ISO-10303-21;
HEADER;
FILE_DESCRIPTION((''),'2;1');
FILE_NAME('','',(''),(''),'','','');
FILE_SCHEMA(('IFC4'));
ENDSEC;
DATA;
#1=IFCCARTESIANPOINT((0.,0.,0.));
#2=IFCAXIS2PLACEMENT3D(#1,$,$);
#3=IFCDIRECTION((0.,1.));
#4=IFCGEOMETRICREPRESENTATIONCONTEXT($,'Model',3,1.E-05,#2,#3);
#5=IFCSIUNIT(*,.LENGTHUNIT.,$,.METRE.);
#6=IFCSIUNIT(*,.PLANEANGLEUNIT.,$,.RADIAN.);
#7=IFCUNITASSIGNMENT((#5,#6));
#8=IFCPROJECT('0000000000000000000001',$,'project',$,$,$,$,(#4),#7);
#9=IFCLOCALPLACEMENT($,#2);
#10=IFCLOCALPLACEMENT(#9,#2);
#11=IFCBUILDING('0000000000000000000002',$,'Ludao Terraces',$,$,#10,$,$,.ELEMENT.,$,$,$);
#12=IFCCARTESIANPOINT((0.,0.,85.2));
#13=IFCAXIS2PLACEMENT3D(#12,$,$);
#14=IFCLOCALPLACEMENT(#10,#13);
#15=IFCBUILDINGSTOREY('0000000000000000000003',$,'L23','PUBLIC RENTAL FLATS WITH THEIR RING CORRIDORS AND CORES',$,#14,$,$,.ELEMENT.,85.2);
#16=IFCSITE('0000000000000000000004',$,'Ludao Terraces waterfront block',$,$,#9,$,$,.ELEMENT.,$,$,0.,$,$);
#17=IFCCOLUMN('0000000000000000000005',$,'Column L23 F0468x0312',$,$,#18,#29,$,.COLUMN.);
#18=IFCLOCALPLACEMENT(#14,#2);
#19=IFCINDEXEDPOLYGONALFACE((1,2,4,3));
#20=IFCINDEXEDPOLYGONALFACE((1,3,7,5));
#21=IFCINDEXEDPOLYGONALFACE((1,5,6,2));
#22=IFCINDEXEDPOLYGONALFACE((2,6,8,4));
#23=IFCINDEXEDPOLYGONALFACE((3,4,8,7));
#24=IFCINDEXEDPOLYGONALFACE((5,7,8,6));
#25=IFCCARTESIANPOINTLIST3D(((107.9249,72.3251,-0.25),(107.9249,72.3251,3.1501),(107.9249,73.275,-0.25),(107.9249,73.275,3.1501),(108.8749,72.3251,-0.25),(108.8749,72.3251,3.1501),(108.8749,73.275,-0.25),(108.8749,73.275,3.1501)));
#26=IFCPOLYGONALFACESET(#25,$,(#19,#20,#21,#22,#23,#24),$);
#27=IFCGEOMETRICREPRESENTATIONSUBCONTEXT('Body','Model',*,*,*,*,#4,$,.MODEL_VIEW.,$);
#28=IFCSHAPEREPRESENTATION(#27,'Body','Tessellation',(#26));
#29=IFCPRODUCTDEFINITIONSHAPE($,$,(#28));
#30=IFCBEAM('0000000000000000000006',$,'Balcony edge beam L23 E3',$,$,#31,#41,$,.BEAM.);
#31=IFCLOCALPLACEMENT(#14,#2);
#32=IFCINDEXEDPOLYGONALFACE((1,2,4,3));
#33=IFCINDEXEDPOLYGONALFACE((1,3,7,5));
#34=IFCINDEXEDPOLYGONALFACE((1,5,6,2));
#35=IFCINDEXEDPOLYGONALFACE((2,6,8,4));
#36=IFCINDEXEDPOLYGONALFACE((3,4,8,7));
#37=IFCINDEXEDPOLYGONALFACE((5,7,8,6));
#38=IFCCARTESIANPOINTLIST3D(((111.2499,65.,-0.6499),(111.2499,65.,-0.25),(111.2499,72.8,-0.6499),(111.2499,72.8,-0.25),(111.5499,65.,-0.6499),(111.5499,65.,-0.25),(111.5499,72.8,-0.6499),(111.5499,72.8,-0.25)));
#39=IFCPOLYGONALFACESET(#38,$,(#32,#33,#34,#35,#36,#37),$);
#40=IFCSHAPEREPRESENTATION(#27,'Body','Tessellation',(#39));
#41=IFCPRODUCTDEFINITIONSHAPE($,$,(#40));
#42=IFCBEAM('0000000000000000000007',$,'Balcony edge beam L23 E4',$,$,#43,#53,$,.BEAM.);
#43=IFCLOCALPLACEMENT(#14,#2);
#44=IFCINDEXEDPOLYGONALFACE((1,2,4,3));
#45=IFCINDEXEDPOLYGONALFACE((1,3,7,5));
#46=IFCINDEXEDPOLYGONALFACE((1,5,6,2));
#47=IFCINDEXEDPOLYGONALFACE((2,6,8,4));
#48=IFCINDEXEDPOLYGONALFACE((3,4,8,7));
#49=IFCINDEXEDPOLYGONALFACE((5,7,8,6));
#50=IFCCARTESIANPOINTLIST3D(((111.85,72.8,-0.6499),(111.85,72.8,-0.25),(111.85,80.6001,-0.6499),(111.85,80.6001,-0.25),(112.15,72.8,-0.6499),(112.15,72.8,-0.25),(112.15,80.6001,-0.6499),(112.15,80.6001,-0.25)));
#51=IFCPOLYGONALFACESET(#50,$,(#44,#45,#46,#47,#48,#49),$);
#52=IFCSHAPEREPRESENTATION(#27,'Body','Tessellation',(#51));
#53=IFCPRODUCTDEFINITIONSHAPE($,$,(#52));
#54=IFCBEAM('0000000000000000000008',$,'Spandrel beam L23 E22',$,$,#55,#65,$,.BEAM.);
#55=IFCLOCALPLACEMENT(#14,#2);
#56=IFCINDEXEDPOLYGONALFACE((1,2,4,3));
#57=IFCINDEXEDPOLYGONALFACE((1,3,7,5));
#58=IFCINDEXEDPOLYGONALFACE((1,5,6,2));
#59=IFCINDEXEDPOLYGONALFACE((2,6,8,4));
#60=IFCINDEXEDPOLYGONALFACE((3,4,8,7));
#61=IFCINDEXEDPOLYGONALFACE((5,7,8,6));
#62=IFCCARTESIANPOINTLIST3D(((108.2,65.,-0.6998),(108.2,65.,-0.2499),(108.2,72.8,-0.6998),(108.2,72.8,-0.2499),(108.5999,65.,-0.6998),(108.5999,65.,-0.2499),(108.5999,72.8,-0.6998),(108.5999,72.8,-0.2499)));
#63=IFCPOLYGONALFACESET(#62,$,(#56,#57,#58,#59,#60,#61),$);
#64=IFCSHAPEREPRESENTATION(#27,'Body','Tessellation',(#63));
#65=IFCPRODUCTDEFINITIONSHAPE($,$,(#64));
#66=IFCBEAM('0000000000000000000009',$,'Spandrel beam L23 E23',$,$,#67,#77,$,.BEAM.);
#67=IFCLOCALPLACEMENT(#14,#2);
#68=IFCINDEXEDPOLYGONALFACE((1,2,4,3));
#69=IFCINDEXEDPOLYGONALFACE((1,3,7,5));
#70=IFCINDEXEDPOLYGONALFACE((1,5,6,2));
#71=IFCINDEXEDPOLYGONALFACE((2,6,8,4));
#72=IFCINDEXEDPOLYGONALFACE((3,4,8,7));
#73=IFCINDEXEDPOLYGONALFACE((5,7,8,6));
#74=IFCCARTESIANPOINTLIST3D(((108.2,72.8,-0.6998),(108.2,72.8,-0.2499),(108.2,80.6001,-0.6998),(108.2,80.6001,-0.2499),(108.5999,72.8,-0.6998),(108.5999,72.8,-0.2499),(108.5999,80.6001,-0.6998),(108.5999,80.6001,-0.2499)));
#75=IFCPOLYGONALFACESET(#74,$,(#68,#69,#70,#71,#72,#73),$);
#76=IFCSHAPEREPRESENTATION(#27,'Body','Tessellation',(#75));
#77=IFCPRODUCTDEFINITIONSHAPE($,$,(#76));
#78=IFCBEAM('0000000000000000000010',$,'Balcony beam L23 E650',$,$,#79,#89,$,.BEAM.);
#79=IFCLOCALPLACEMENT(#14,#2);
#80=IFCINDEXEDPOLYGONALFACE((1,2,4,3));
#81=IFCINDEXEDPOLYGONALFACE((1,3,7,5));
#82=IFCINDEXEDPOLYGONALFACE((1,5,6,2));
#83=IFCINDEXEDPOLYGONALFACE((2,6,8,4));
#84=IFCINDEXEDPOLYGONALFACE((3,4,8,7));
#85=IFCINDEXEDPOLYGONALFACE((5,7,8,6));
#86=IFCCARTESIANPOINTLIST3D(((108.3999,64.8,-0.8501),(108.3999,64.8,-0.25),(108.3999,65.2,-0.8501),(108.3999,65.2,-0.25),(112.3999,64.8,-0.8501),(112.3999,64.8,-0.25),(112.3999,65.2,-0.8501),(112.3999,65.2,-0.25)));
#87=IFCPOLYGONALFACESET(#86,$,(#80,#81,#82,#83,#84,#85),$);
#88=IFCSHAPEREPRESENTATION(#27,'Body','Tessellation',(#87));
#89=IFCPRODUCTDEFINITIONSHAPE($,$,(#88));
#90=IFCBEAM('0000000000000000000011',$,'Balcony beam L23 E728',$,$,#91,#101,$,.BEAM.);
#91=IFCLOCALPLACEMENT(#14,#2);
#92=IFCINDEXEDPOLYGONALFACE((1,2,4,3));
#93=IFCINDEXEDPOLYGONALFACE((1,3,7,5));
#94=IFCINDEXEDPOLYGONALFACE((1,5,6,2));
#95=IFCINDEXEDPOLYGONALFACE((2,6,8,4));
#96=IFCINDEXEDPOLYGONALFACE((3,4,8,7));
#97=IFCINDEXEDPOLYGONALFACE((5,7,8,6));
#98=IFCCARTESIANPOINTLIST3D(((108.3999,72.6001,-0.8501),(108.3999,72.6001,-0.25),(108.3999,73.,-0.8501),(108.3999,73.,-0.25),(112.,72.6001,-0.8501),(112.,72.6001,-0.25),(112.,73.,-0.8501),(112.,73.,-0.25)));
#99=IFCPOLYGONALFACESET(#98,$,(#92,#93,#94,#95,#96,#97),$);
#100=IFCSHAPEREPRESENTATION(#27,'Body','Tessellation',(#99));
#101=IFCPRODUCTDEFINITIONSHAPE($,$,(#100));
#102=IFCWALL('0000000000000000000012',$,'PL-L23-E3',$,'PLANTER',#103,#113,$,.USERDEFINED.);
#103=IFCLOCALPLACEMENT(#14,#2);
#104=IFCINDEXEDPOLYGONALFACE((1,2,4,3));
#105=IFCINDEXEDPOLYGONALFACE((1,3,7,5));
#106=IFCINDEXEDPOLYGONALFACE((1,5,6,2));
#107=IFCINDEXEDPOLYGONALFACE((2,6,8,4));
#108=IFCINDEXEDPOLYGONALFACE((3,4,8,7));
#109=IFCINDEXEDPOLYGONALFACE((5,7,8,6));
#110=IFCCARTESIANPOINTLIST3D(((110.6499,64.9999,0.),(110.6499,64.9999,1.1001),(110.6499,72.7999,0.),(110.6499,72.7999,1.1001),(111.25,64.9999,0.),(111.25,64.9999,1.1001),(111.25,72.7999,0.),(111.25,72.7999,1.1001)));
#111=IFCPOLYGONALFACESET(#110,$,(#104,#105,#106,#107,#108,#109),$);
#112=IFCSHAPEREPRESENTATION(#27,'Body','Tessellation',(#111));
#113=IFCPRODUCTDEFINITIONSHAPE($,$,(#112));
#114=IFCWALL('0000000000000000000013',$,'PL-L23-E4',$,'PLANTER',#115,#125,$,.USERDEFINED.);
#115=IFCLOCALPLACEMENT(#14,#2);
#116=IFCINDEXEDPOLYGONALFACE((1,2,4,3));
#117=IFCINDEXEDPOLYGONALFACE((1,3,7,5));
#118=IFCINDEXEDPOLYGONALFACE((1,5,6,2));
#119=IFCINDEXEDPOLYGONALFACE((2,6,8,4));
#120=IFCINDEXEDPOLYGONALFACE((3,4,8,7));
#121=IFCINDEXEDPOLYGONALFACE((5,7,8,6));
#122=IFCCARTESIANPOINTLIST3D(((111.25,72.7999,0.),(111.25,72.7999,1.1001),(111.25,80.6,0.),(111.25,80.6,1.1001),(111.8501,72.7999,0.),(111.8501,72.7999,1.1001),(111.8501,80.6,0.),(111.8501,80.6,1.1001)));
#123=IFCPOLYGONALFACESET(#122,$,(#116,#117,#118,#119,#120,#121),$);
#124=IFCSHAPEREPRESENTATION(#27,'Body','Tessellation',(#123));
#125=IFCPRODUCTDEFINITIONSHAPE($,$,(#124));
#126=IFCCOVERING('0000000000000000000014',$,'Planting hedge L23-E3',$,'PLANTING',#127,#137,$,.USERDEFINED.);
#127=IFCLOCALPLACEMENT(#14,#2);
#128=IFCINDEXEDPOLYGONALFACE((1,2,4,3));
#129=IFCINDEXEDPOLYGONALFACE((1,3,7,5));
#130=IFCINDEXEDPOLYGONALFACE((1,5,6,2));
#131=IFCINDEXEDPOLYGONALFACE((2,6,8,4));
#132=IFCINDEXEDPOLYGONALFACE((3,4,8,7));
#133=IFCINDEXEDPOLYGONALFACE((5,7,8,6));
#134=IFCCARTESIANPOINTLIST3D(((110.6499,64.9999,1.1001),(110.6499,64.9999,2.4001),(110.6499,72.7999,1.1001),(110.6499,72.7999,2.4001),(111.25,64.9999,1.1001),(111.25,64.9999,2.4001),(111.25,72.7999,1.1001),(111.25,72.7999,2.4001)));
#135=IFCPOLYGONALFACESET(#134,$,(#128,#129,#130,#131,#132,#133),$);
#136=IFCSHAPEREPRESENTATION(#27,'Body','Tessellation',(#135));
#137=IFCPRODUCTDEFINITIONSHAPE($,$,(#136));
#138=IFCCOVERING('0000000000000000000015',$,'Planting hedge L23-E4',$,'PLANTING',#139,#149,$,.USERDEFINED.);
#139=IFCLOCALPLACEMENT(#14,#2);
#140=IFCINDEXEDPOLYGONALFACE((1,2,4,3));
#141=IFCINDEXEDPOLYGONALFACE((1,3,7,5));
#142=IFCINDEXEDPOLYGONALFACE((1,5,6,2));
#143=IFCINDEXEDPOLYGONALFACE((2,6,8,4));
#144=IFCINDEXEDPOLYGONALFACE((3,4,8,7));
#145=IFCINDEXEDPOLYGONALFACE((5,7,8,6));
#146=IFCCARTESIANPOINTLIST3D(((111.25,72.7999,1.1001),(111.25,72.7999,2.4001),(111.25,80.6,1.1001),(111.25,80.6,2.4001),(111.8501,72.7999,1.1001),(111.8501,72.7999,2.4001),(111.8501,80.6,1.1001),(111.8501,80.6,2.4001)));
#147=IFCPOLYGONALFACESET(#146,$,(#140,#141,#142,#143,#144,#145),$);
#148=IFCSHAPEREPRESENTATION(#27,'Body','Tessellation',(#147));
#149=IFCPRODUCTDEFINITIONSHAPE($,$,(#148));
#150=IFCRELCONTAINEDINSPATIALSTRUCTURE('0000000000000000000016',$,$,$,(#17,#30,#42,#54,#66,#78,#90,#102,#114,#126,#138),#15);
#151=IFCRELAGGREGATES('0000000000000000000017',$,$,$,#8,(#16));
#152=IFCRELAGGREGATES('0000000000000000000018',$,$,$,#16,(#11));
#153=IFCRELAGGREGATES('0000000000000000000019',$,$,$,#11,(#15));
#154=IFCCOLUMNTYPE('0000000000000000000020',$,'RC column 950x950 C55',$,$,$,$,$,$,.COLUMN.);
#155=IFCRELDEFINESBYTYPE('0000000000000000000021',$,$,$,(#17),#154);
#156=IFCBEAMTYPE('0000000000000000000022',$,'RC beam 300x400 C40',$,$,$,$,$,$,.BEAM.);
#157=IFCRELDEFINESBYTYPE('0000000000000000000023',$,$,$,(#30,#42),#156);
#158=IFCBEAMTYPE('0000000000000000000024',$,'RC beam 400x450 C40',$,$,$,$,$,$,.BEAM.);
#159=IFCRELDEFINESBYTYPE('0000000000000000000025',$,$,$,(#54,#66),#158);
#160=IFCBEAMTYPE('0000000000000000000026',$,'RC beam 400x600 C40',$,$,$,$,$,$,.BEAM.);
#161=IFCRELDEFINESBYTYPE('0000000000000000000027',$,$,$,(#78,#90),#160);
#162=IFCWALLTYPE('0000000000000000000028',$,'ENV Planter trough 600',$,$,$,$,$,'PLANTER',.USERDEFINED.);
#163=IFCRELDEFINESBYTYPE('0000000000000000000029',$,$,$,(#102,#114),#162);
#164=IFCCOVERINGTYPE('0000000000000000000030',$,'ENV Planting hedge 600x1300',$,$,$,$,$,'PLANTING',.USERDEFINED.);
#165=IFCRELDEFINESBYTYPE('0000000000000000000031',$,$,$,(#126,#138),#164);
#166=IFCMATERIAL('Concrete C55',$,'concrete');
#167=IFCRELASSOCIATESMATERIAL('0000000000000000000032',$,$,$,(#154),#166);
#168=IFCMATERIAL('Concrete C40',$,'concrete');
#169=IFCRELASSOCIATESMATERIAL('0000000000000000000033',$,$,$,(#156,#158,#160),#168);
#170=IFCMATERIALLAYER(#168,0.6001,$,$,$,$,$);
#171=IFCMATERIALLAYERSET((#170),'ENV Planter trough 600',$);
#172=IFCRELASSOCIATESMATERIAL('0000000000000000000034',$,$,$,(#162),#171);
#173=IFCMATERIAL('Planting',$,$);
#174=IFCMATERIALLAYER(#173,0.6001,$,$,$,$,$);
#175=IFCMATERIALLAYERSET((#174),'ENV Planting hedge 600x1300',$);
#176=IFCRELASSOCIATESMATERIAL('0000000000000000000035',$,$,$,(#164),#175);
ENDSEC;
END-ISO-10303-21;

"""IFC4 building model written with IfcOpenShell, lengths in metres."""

from ifc_helpers import new_model, si_unit, direction, frame, frame_2d, origin, origin_2d, place, context, subcontext, project, spatial, rectangle, extrude, material, layer, layer_set, material_profile, profile_set, type_object, element, save


model = new_model("IFC4")

# Units and contexts
model_context = context("Model", 3, precision=1e-05, world=origin(), true_north=direction((0.0, 1.0)))
body_context = subcontext(model_context, "Body", "Model", "MODEL_VIEW")
ifc_project = project(units=[si_unit("LENGTHUNIT", "METRE"), si_unit("PLANEANGLEUNIT", "RADIAN")], contexts=[model_context])

# Site, building, storey
site_placement = place(None, origin())
site = spatial("IfcSite", under=ifc_project, at=site_placement, Name="Ludao Terraces waterfront block", CompositionType="ELEMENT", RefElevation=0.0)
building_placement = place(site_placement, origin())
building = spatial("IfcBuilding", under=site, at=building_placement, Name="Ludao Terraces", CompositionType="ELEMENT")
storey_placement = place(building_placement, frame((0.0, 0.0, 85.2)))
storey = spatial("IfcBuildingStorey", under=building, at=storey_placement, Name="L23", Description="PUBLIC RENTAL FLATS WITH THEIR RING CORRIDORS AND CORES", CompositionType="ELEMENT", Elevation=85.2)

# Column
ifc_material_1 = material(Name="Concrete C55", Category="concrete")
ifc_material_profile_1 = material_profile(ifc_material_1, rectangle(XDim=0.95, YDim=0.95, at=origin_2d()), Name="950 X 950")
ifc_profile_set_1 = profile_set([ifc_material_profile_1], Name="Concrete C55")
column_type = type_object("IfcColumnType", Name="RC column 950x950 C55", PredefinedType="COLUMN", material=ifc_profile_set_1)
column_placement = place(storey_placement, frame((108.3999, 72.8, -0.25), z_axis=(0.0, 0.0, 1.0), x_axis=(1.0, 0.0, 0.0)))
element("IfcColumn", 1, at=column_placement, inside=storey, type_object=column_type, Name="Column L23 F0468x0312", PredefinedType="COLUMN", context=body_context, shape_type="SweptSolid", body=[
    extrude(rectangle(XDim=0.95, YDim=0.95, at=origin_2d()), origin(), (0.0, 0.0, 1.0), 3.4001),
])

# Beams
ifc_material_2 = material(Name="Concrete C40", Category="concrete")
ifc_material_profile_2 = material_profile(ifc_material_2, rectangle(XDim=0.3, YDim=0.3999, at=origin_2d()), Name="300 X 400")
ifc_profile_set_2 = profile_set([ifc_material_profile_2], Name="Concrete C40")
beam_type_1 = type_object("IfcBeamType", Name="RC beam 300x400 C40", PredefinedType="BEAM", material=ifc_profile_set_2)
for number, where, z_axis, x_axis, name in (
    (2, (111.3999, 65.0, -0.45), (0.0, 1.0, 0.0), (-1.0, 0.0, 0.0), "Balcony edge beam L23 E3"),
    (3, (112.0, 72.8, -0.45), (0.0, 1.0, 0.0), (-1.0, 0.0, 0.0), "Balcony edge beam L23 E4"),
):
    element("IfcBeam", number, at=place(storey_placement, frame(where, z_axis=z_axis, x_axis=x_axis)), inside=storey, type_object=beam_type_1, Name=name, PredefinedType="BEAM", context=body_context, shape_type="SweptSolid", body=[
        extrude(rectangle(XDim=0.3, YDim=0.3999, at=origin_2d()), origin(), (0.0, 0.0, 1.0), 7.8),
    ])
ifc_material_profile_3 = material_profile(ifc_material_2, rectangle(XDim=0.3999, YDim=0.45, at=origin_2d()), Name="400 X 450")
ifc_profile_set_3 = profile_set([ifc_material_profile_3], Name="Concrete C40")
beam_type_2 = type_object("IfcBeamType", Name="RC beam 400x450 C40", PredefinedType="BEAM", material=ifc_profile_set_3)
for number, where, z_axis, x_axis, name in (
    (4, (108.3999, 65.0, -0.4749), (0.0, 1.0, 0.0), (-1.0, 0.0, 0.0), "Spandrel beam L23 E22"),
    (5, (108.3999, 72.8, -0.4749), (0.0, 1.0, 0.0), (-1.0, 0.0, 0.0), "Spandrel beam L23 E23"),
):
    element("IfcBeam", number, at=place(storey_placement, frame(where, z_axis=z_axis, x_axis=x_axis)), inside=storey, type_object=beam_type_2, Name=name, PredefinedType="BEAM", context=body_context, shape_type="SweptSolid", body=[
        extrude(rectangle(XDim=0.3999, YDim=0.45, at=origin_2d()), origin(), (0.0, 0.0, 1.0), 7.8),
    ])
ifc_material_profile_4 = material_profile(ifc_material_2, rectangle(XDim=0.3999, YDim=0.6001, at=origin_2d()), Name="400 X 600")
ifc_profile_set_4 = profile_set([ifc_material_profile_4], Name="Concrete C40")
beam_type_3 = type_object("IfcBeamType", Name="RC beam 400x600 C40", PredefinedType="BEAM", material=ifc_profile_set_4)
beam_1_placement = place(storey_placement, frame((108.3999, 65.0, -0.55), z_axis=(1.0, 0.0, 0.0), x_axis=(0.0, 1.0, 0.0)))
element("IfcBeam", 6, at=beam_1_placement, inside=storey, type_object=beam_type_3, Name="Balcony beam L23 E650", PredefinedType="BEAM", context=body_context, shape_type="SweptSolid", body=[
    extrude(rectangle(XDim=0.3999, YDim=0.6001, at=origin_2d()), origin(), (0.0, 0.0, 1.0), 4.0),
])
beam_2_placement = place(storey_placement, frame((108.3999, 72.8, -0.55), z_axis=(1.0, 0.0, 0.0), x_axis=(0.0, 1.0, 0.0)))
element("IfcBeam", 7, at=beam_2_placement, inside=storey, type_object=beam_type_3, Name="Balcony beam L23 E728", PredefinedType="BEAM", context=body_context, shape_type="SweptSolid", body=[
    extrude(rectangle(XDim=0.3999, YDim=0.6001, at=origin_2d()), origin(), (0.0, 0.0, 1.0), 3.6001),
])

# Walls
ifc_layer_1 = layer(ifc_material_2, 0.6001)
ifc_layer_set_1 = layer_set([ifc_layer_1], Name="ENV Planter trough 600")
wall_type = type_object("IfcWallType", Name="ENV Planter trough 600", ElementType="PLANTER", PredefinedType="USERDEFINED", material=ifc_layer_set_1)
for number, where, z_axis, x_axis, name in (
    (8, (110.95, 65.0, 0.0), (0.0, 0.0, 1.0), (0.0, 1.0, 0.0), "PL-L23-E3"),
    (9, (111.55, 72.8, 0.0), (0.0, 0.0, 1.0), (0.0, 1.0, 0.0), "PL-L23-E4"),
):
    element("IfcWall", number, at=place(storey_placement, frame(where, z_axis=z_axis, x_axis=x_axis)), inside=storey, type_object=wall_type, Name=name, ObjectType="PLANTER", PredefinedType="USERDEFINED", context=body_context, shape_type="SweptSolid", body=[
        extrude(rectangle(XDim=7.8, YDim=0.6001, at=frame_2d((3.8999, 0.0))), origin(), (0.0, 0.0, 1.0), 1.1001),
    ])

# Coverings
ifc_material_3 = material(Name="Planting")
ifc_layer_2 = layer(ifc_material_3, 0.6001)
ifc_layer_set_2 = layer_set([ifc_layer_2], Name="ENV Planting hedge 600x1300")
covering_type = type_object("IfcCoveringType", Name="ENV Planting hedge 600x1300", ElementType="PLANTING", PredefinedType="USERDEFINED", material=ifc_layer_set_2)
for number, where, z_axis, x_axis, name in (
    (10, (110.95, 68.8999, 1.1001), (0.0, 0.0, 1.0), (1.0, 0.0, 0.0), "Planting hedge L23-E3"),
    (11, (111.55, 76.7, 1.1001), (0.0, 0.0, 1.0), (1.0, 0.0, 0.0), "Planting hedge L23-E4"),
):
    element("IfcCovering", number, at=place(storey_placement, frame(where, z_axis=z_axis, x_axis=x_axis)), inside=storey, type_object=covering_type, Name=name, ObjectType="PLANTING", PredefinedType="USERDEFINED", context=body_context, shape_type="SweptSolid", body=[
        extrude(rectangle(XDim=0.6001, YDim=7.8, at=origin_2d()), origin(), (0.0, 0.0, 1.0), 1.3),
    ])

save(model, "model.ifc")
